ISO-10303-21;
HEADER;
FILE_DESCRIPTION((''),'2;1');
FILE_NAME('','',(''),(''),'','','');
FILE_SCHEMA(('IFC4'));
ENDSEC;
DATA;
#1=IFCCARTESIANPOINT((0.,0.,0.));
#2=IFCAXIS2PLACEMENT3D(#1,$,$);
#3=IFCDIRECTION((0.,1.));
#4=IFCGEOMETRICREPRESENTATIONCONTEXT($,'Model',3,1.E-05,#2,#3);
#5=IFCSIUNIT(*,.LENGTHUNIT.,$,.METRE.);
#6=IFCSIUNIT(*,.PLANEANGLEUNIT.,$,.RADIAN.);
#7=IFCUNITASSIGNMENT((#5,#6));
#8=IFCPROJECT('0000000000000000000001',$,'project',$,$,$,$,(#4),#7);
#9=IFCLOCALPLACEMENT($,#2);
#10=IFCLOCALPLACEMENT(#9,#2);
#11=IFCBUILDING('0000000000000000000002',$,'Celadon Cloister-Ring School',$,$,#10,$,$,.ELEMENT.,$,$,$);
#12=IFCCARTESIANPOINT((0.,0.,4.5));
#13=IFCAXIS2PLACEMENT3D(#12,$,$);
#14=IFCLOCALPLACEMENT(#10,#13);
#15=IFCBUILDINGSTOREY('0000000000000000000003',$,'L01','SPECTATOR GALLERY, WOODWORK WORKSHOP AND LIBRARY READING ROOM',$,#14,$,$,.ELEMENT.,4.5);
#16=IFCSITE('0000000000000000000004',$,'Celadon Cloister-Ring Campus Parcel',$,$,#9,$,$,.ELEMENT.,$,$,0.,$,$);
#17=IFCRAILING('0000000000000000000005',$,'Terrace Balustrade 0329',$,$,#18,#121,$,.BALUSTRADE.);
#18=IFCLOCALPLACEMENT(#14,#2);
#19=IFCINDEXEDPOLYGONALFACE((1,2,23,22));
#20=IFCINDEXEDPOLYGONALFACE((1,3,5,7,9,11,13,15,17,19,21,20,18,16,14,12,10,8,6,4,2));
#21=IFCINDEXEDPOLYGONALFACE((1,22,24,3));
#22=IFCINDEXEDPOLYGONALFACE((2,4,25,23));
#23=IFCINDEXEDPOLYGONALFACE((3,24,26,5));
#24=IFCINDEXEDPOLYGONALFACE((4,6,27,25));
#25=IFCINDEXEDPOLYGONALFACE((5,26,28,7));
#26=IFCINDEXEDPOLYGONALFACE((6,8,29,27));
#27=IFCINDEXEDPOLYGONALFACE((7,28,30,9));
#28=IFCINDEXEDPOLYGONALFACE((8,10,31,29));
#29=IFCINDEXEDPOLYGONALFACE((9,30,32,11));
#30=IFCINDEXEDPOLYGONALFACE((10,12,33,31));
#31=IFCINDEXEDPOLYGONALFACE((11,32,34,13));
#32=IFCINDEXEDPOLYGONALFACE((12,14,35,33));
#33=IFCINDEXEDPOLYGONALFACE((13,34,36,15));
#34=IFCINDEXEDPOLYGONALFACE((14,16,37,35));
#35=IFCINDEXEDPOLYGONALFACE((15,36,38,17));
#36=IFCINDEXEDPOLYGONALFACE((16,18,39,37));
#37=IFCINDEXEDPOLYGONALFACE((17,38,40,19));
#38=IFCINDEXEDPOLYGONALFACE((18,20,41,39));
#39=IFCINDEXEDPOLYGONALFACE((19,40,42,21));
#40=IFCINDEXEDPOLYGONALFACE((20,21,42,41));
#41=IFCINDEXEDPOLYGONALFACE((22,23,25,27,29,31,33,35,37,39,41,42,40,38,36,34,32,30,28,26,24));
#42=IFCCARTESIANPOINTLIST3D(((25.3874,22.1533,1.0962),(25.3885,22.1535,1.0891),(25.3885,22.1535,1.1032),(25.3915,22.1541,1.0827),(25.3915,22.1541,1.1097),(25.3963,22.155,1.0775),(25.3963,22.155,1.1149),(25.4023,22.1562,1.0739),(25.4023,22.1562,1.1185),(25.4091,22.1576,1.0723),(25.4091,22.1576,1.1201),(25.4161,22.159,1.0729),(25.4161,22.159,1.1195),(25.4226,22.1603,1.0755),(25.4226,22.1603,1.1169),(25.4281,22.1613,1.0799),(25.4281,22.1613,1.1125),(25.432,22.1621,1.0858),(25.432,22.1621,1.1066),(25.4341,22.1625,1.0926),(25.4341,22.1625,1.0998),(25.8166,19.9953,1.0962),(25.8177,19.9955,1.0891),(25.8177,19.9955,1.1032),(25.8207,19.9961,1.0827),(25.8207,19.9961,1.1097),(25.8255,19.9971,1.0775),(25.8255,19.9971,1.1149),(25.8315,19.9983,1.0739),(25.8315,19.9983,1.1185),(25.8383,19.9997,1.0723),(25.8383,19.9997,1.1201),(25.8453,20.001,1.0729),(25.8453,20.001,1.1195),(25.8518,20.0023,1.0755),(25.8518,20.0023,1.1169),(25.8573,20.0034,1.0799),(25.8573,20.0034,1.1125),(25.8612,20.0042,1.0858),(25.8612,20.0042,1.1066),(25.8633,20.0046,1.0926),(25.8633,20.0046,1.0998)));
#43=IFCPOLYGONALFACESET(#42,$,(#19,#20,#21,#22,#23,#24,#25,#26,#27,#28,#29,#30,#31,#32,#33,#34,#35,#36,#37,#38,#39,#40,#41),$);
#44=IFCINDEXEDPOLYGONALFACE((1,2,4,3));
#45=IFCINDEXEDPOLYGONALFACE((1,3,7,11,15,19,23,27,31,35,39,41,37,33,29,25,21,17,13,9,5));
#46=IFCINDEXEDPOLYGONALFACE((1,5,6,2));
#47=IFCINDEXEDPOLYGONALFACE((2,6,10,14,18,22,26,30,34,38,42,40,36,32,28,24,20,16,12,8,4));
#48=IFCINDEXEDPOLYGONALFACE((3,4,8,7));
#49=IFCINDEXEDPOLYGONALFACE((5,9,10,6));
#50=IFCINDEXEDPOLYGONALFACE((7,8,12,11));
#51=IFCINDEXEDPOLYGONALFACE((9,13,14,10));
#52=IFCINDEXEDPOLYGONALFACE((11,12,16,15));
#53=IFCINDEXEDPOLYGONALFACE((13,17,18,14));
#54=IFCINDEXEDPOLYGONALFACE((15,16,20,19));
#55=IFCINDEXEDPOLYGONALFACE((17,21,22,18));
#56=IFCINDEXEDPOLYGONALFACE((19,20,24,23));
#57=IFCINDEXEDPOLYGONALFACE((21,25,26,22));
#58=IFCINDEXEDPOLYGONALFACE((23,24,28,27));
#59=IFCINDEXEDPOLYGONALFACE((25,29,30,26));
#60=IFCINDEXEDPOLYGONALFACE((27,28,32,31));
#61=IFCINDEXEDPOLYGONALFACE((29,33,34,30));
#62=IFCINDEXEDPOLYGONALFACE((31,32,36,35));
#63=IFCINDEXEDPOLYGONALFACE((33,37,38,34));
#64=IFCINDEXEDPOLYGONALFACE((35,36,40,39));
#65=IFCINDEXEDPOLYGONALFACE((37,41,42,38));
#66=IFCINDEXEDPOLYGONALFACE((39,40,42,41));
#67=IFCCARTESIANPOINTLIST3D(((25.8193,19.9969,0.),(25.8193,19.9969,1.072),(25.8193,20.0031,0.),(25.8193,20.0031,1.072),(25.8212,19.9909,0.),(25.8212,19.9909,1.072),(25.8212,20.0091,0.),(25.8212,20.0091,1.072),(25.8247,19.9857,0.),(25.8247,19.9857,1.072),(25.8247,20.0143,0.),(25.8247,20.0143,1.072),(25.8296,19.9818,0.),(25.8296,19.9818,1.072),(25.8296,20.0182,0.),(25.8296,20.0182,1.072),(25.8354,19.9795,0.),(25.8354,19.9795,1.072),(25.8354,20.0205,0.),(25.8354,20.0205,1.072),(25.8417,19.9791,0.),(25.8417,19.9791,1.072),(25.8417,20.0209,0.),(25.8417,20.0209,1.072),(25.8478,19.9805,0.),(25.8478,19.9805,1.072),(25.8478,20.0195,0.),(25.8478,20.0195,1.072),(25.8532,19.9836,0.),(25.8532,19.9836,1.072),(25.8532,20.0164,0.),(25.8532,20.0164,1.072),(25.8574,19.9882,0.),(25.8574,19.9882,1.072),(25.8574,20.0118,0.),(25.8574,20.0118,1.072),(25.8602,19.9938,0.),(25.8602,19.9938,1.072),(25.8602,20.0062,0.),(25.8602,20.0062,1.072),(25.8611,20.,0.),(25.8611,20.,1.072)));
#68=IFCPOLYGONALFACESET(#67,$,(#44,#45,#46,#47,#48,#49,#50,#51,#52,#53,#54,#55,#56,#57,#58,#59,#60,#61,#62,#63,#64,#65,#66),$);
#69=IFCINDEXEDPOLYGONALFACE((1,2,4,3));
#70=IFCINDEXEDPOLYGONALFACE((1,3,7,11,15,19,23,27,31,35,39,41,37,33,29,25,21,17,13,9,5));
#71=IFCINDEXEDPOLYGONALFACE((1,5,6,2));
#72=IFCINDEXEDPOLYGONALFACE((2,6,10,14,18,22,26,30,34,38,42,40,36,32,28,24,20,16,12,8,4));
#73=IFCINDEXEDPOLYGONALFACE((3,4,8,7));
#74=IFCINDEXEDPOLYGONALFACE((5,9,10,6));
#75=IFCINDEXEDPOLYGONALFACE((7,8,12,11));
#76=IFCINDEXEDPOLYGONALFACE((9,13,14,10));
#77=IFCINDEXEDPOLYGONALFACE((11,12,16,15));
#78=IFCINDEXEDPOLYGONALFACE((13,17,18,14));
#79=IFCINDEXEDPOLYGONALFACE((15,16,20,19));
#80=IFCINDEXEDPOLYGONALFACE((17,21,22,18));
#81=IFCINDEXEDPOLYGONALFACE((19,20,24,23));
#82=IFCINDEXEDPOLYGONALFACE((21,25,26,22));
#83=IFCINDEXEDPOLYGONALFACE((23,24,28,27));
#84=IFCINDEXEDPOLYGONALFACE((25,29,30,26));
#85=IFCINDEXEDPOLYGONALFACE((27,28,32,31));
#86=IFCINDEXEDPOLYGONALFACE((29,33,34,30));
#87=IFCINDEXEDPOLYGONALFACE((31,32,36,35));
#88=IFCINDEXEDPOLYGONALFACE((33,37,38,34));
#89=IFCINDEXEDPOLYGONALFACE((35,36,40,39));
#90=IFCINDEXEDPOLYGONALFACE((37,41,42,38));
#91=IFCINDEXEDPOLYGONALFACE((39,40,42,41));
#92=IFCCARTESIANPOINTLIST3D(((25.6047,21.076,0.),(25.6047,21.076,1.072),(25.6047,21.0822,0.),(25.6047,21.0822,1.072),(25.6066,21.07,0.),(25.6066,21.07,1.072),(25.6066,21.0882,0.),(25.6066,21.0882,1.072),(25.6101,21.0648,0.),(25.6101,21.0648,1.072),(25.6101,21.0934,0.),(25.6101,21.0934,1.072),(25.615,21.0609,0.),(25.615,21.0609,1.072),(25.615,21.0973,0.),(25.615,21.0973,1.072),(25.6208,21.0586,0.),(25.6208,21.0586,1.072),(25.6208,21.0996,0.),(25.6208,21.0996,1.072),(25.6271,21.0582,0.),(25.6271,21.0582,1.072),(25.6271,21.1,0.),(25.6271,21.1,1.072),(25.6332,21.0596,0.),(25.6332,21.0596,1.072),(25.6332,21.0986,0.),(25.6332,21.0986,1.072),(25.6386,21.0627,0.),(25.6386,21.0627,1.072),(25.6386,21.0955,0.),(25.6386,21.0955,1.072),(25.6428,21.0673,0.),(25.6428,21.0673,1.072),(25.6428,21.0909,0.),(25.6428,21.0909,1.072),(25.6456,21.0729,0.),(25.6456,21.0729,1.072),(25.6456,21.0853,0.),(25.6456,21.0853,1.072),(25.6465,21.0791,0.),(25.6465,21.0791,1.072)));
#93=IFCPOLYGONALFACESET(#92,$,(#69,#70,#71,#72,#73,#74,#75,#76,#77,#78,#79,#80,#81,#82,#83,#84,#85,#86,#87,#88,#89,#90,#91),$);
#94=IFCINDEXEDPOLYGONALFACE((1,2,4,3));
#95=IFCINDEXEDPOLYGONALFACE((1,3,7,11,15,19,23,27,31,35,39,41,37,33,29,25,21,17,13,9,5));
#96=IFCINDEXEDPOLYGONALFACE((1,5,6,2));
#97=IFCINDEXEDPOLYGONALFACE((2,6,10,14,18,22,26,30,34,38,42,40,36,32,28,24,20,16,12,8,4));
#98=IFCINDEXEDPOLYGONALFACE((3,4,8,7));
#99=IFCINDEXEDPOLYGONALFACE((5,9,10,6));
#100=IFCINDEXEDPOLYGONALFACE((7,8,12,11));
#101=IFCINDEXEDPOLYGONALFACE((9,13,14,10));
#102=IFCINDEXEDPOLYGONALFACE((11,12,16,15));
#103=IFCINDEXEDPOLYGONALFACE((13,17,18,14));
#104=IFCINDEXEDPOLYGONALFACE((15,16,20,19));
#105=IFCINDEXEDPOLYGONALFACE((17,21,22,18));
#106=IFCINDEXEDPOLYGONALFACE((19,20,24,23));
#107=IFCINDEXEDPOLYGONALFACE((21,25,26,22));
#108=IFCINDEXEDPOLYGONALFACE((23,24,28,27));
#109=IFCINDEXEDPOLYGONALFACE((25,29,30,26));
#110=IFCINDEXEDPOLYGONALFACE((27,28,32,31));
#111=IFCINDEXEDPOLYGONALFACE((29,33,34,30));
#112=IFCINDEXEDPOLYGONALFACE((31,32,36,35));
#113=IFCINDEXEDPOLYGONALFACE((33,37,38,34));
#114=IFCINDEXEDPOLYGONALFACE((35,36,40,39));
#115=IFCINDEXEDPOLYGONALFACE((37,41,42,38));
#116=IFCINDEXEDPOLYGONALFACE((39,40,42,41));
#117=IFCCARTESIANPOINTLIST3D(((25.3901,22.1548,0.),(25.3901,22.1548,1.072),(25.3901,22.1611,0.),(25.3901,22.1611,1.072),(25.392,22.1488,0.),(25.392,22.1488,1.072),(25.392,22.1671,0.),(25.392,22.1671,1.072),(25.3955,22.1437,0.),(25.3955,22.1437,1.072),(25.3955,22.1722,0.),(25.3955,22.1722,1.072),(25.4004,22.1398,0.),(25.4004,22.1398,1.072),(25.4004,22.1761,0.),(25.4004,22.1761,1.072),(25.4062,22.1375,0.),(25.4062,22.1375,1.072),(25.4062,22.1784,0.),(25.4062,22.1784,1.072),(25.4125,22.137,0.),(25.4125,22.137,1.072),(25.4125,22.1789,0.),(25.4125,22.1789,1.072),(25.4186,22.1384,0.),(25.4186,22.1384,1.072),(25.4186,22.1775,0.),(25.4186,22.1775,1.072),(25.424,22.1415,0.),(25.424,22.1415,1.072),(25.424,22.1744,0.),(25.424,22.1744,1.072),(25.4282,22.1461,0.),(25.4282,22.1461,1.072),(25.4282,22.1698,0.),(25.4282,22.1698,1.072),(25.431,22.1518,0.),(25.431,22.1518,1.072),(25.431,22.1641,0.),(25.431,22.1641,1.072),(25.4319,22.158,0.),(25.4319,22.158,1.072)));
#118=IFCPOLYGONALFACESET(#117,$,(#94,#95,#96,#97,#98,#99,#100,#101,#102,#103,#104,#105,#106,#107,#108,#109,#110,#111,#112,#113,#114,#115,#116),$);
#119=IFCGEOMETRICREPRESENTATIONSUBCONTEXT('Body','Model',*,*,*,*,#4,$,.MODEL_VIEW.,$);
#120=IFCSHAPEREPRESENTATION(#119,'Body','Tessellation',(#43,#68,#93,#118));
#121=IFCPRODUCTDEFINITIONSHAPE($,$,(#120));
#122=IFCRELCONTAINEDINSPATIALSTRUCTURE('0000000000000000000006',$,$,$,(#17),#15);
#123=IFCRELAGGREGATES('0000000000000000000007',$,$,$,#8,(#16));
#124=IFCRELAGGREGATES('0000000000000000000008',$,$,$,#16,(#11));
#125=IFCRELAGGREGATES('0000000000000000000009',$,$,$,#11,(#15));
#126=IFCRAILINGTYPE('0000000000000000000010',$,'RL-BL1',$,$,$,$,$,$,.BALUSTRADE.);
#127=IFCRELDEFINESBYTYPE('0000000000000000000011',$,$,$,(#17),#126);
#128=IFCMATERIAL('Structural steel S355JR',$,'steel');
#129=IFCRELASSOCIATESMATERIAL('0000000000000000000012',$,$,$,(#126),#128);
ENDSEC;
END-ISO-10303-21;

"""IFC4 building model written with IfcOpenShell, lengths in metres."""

from ifc_helpers import new_model, si_unit, direction, frame, origin, origin_2d, place, context, subcontext, project, spatial, circle, extrude, material, type_object, element, save


model = new_model("IFC4")

# Units and contexts
model_context = context("Model", 3, precision=1e-05, world=origin(), true_north=direction((0.0, 1.0)))
body_context = subcontext(model_context, "Body", "Model", "MODEL_VIEW")
ifc_project = project(units=[si_unit("LENGTHUNIT", "METRE"), si_unit("PLANEANGLEUNIT", "RADIAN")], contexts=[model_context])

# Site, building, storey
site_placement = place(None, origin())
site = spatial("IfcSite", under=ifc_project, at=site_placement, Name="Celadon Cloister-Ring Campus Parcel", CompositionType="ELEMENT", RefElevation=0.0)
building_placement = place(site_placement, origin())
building = spatial("IfcBuilding", under=site, at=building_placement, Name="Celadon Cloister-Ring School", CompositionType="ELEMENT")
storey_placement = place(building_placement, frame((0.0, 0.0, 4.5)))
storey = spatial("IfcBuildingStorey", under=building, at=storey_placement, Name="L01", Description="SPECTATOR GALLERY, WOODWORK WORKSHOP AND LIBRARY READING ROOM", CompositionType="ELEMENT", Elevation=4.5)

# Railing
ifc_material_1 = material(Name="Structural steel S355JR", Category="steel")
railing_type_1 = type_object("IfcRailingType", Name="RL-BL1", PredefinedType="BALUSTRADE", material=ifc_material_1)
railing_1_placement = place(storey_placement, frame((25.8401, 20.0, 0.0)))
element("IfcRailing", 1, at=railing_1_placement, inside=storey, type_object=railing_type_1, Name="Terrace Balustrade 0329", PredefinedType="BALUSTRADE", context=body_context, shape_type="SweptSolid", body=[
    extrude(circle(Radius=0.0239, at=origin_2d()), frame((0.0, 0.0, 1.0962), z_axis=(-0.19507, 0.980789, 0.0), x_axis=(-0.980789, -0.19507, 0.0)), (0.0, 0.0, 1.0), 2.2002),
    extrude(circle(Radius=0.021, at=origin_2d()), origin(), (0.0, 0.0, 1.0), 1.072),
    extrude(circle(Radius=0.021, at=origin_2d()), frame((-0.2146, 1.0791, 0.0)), (0.0, 0.0, 1.0), 1.072),
    extrude(circle(Radius=0.021, at=origin_2d()), frame((-0.4292, 2.158, 0.0)), (0.0, 0.0, 1.0), 1.072),
])

save(model, "model.ifc")
